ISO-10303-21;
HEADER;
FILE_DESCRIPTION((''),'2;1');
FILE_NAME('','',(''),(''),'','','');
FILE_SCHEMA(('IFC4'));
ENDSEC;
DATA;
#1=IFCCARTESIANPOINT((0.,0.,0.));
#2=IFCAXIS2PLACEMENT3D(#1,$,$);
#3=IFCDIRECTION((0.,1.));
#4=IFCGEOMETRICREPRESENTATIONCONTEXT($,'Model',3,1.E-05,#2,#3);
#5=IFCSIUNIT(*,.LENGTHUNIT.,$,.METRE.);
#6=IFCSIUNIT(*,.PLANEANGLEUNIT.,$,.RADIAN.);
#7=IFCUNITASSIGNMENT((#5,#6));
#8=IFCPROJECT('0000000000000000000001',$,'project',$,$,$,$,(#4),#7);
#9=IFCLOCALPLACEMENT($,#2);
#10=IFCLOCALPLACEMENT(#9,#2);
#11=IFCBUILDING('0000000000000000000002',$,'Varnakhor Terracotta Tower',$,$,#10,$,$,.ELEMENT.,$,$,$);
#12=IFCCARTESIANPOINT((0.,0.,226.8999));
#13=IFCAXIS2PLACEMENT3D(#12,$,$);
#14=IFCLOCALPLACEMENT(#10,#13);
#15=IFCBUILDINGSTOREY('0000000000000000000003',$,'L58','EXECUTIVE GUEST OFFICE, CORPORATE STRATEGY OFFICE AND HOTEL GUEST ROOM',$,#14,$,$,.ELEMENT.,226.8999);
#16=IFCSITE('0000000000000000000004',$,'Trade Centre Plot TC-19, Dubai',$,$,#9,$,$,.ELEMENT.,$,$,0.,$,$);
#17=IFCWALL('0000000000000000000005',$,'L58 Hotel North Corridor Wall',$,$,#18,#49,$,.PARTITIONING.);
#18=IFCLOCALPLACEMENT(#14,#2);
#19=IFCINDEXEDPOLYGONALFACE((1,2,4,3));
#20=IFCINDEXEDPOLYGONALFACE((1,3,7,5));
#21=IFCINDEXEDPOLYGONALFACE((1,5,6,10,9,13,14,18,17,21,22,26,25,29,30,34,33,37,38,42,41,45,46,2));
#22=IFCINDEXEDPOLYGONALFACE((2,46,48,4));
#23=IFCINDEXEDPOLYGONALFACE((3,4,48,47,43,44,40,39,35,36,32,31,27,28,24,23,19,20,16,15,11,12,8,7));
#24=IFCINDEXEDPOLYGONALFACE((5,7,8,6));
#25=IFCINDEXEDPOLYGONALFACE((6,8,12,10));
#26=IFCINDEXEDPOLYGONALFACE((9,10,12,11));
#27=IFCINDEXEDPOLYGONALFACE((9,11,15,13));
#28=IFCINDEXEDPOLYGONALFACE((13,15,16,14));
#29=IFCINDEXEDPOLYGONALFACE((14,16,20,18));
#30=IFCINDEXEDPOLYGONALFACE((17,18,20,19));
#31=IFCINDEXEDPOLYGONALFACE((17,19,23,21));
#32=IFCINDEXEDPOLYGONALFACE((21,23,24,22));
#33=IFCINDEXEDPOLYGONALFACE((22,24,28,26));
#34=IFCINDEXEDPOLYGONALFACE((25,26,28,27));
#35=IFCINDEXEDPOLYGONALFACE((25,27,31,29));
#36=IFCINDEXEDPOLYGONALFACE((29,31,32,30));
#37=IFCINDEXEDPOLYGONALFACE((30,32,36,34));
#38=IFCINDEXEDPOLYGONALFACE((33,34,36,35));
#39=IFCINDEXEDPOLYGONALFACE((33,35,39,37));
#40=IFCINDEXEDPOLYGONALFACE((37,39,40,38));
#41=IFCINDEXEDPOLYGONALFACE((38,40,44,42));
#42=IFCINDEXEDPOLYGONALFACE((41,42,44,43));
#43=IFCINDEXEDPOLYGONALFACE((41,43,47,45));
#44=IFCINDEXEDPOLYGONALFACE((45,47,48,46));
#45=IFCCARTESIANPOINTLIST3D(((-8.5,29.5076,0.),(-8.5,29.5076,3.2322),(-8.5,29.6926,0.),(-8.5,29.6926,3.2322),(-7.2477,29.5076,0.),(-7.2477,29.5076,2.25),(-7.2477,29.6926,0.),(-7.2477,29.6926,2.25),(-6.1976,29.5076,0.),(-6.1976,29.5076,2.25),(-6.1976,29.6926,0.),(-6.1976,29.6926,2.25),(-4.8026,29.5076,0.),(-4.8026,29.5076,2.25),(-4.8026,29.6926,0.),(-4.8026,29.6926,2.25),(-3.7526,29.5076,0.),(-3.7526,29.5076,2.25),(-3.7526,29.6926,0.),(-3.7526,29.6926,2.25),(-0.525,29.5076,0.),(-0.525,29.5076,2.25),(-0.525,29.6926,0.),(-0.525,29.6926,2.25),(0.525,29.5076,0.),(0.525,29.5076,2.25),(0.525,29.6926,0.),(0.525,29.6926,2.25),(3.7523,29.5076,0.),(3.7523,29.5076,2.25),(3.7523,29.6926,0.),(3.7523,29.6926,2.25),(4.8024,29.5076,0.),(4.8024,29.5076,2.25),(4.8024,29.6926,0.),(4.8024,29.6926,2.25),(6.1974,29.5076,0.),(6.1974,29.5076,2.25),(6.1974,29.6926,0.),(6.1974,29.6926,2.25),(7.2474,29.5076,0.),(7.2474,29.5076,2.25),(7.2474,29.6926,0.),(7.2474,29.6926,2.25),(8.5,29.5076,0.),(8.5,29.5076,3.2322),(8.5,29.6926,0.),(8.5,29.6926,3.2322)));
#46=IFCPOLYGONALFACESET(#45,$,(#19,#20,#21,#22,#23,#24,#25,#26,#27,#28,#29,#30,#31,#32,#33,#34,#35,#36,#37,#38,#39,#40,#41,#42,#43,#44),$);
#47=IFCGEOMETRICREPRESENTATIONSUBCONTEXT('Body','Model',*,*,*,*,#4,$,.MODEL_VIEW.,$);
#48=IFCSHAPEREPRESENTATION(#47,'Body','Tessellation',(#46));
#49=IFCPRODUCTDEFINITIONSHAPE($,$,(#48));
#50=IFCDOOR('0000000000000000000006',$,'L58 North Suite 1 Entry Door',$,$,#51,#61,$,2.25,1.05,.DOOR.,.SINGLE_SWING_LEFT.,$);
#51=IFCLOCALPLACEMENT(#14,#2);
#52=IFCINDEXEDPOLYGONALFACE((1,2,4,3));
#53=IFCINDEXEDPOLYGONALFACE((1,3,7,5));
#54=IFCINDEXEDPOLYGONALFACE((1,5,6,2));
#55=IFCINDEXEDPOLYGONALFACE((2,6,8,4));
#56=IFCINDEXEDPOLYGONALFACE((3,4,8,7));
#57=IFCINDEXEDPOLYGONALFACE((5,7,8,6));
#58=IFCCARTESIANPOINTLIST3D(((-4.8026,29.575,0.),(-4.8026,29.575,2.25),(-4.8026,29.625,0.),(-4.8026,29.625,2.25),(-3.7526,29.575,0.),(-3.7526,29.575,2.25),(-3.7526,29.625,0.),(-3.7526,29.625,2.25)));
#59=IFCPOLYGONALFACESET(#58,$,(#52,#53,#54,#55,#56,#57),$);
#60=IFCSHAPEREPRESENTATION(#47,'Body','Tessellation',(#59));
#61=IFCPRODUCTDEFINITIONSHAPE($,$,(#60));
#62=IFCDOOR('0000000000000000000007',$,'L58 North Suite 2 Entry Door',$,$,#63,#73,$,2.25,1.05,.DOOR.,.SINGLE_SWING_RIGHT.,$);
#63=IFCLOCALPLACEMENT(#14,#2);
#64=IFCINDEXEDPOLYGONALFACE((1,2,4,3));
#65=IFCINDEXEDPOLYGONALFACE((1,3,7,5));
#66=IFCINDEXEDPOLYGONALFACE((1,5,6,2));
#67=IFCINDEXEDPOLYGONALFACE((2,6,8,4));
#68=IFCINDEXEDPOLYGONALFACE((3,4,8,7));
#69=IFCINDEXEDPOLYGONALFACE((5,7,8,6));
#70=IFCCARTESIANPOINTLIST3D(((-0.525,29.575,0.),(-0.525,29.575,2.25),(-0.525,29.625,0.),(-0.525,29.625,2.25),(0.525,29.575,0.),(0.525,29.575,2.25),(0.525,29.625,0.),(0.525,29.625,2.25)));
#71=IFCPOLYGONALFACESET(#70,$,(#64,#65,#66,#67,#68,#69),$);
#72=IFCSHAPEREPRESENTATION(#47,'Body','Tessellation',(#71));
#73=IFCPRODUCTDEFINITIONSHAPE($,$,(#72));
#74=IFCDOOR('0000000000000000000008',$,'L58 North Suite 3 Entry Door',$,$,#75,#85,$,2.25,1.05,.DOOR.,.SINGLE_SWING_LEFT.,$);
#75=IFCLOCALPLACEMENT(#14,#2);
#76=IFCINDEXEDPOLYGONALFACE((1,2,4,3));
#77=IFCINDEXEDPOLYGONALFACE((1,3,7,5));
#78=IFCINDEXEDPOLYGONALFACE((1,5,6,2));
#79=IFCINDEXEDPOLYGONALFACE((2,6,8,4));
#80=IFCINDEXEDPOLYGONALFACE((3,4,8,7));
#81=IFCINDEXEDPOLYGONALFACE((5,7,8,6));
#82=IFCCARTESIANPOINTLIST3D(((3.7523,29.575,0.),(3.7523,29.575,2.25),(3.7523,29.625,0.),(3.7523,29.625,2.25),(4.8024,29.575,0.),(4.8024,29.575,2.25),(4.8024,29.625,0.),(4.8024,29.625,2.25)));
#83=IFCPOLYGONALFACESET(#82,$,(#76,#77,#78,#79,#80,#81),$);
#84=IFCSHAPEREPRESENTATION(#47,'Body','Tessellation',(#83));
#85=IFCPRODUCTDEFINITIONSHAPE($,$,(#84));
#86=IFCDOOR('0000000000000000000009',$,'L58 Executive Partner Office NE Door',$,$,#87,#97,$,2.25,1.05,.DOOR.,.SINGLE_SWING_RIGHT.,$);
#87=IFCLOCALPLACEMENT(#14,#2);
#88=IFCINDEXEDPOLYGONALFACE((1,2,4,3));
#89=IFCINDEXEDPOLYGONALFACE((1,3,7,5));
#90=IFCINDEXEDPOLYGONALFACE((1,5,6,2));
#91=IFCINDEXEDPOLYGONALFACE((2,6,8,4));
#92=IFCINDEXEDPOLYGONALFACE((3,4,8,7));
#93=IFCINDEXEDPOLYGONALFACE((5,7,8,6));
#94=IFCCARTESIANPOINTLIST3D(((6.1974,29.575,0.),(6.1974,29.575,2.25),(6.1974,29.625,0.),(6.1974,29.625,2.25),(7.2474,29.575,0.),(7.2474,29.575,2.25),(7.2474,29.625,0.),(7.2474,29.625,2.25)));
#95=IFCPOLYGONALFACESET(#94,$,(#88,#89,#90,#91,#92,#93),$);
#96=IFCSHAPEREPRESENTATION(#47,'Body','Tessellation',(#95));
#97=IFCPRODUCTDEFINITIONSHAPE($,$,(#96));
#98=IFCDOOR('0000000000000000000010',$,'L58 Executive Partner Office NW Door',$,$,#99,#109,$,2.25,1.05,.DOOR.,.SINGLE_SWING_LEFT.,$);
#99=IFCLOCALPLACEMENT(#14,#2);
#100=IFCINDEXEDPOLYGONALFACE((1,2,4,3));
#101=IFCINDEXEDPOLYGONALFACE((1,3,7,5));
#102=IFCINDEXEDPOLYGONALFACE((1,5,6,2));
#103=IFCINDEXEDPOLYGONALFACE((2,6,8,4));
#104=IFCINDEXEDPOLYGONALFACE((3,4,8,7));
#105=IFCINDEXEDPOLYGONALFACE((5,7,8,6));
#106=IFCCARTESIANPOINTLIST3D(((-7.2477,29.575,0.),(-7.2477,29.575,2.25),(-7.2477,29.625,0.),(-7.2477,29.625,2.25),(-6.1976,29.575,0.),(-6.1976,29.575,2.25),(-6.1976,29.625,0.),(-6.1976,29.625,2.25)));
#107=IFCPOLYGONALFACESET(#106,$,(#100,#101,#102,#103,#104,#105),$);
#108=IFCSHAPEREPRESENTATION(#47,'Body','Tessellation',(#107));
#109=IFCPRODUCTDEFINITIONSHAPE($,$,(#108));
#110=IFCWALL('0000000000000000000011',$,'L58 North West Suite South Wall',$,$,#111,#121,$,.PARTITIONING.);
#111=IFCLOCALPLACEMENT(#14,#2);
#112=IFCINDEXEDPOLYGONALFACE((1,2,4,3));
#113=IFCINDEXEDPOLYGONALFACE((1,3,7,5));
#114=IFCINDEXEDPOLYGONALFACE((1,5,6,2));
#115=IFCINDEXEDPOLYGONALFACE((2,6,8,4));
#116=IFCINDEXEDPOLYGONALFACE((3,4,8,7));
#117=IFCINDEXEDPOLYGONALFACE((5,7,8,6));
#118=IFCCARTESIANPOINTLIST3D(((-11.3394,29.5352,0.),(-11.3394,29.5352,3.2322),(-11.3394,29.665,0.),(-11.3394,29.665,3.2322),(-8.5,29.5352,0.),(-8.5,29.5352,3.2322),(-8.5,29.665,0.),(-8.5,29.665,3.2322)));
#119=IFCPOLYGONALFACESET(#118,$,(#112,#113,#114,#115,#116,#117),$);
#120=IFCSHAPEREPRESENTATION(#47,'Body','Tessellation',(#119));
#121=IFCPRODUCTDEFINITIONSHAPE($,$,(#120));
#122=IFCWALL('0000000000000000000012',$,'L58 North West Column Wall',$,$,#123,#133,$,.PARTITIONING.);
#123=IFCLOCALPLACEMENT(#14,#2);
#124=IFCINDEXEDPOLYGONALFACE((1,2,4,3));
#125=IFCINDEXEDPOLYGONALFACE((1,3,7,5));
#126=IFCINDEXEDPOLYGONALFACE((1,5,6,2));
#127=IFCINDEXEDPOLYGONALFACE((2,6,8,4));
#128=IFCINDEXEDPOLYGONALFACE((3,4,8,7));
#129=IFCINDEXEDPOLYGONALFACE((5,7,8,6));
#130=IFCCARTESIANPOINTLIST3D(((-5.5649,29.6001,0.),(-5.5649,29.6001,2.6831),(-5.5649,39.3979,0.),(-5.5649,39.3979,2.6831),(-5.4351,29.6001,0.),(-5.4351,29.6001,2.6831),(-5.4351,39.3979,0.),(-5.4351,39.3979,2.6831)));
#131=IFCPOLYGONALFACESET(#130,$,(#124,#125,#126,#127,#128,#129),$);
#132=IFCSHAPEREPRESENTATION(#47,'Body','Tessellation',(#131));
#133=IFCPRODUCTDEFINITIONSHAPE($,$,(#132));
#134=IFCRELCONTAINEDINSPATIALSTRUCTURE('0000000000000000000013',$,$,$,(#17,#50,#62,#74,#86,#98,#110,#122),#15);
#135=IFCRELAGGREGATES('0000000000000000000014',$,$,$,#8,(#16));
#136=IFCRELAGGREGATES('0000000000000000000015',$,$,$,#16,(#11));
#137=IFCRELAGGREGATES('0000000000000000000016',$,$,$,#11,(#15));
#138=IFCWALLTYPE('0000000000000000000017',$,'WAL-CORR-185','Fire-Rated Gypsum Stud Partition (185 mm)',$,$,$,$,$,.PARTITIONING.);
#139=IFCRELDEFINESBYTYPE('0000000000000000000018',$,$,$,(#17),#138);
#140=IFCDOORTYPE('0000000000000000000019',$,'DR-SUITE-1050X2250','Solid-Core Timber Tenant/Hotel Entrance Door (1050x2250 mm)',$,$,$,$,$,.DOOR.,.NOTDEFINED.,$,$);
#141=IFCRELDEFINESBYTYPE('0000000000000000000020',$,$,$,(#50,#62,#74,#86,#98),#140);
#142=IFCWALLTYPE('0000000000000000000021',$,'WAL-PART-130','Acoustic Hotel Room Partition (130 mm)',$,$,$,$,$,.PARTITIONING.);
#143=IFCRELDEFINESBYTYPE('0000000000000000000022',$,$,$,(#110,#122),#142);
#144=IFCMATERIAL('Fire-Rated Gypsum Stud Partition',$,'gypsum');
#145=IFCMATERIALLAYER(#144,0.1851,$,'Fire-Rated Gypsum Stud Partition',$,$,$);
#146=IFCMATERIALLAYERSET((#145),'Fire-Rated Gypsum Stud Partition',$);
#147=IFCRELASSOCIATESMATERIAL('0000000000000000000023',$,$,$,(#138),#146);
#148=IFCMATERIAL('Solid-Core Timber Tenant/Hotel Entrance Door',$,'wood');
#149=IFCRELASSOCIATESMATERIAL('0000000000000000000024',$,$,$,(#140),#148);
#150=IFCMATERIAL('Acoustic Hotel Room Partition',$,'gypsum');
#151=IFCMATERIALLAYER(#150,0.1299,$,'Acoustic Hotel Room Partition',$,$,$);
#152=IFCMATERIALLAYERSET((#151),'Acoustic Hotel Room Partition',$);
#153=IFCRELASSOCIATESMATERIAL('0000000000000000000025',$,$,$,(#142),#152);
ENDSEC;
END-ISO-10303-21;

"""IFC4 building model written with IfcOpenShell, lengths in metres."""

from ifc_helpers import new_model, si_unit, direction, frame, frame_2d, origin, place, context, subcontext, project, spatial, rectangle, extrude, source, transform, mapped, material, layer, layer_set, type_object, type_shapes, element, fill, save


model = new_model("IFC4")

# Units and contexts
model_context = context("Model", 3, precision=1e-05, world=origin(), true_north=direction((0.0, 1.0)))
body_context = subcontext(model_context, "Body", "Model", "MODEL_VIEW")
ifc_project = project(units=[si_unit("LENGTHUNIT", "METRE"), si_unit("PLANEANGLEUNIT", "RADIAN")], contexts=[model_context])

# Site, building, storey
site_placement = place(None, origin())
site = spatial("IfcSite", under=ifc_project, at=site_placement, Name="Trade Centre Plot TC-19, Dubai", CompositionType="ELEMENT", RefElevation=0.0)
building_placement = place(site_placement, origin())
building = spatial("IfcBuilding", under=site, at=building_placement, Name="Varnakhor Terracotta Tower", CompositionType="ELEMENT")
storey_placement = place(building_placement, frame((0.0, 0.0, 226.8999)))
storey = spatial("IfcBuildingStorey", under=building, at=storey_placement, Name="L58", Description="EXECUTIVE GUEST OFFICE, CORPORATE STRATEGY OFFICE AND HOTEL GUEST ROOM", CompositionType="ELEMENT", Elevation=226.8999)

# Shared definitions
ifc_material_1 = material(Name="Fire-Rated Gypsum Stud Partition", Category="gypsum")
ifc_layer_1 = layer(ifc_material_1, 0.1851, Name="Fire-Rated Gypsum Stud Partition")
ifc_layer_set_1 = layer_set([ifc_layer_1], Name="Fire-Rated Gypsum Stud Partition")
wall_type_1 = type_object("IfcWallType", Name="WAL-CORR-185", Description="Fire-Rated Gypsum Stud Partition (185 mm)", PredefinedType="PARTITIONING", material=ifc_layer_set_1)

# Wall, openings, doors
wall_1_placement = place(storey_placement, frame((-8.5, 29.6001, 0.0), z_axis=(0.0, 0.0, 1.0), x_axis=(1.0, 0.0, 0.0)))
wall_1 = element("IfcWall", 1, at=wall_1_placement, inside=storey, type_object=wall_type_1, Name="L58 Hotel North Corridor Wall", PredefinedType="PARTITIONING", context=body_context, shape_type="SweptSolid", body=[
    extrude(rectangle(XDim=17.0, YDim=0.1851, at=frame_2d((8.5, 0.0))), origin(), (0.0, 0.0, 1.0), 3.2322),
])
opening_1_placement = place(wall_1_placement, frame((3.6975, 0.0, 0.0)))
opening_1 = element("IfcOpeningElement", 2, at=opening_1_placement, cuts=wall_1, PredefinedType="OPENING", context=body_context, shape_type="SweptSolid", body=[
    extrude(rectangle(XDim=1.05, YDim=2.25, at=frame_2d((0.5249, 1.125))), frame((0.0, 0.1025, 0.0), z_axis=(0.0, -1.0, 0.0), x_axis=(1.0, 0.0, 0.0)), (0.0, 0.0, 1.0), 0.2051),
])
opening_2_placement = place(wall_1_placement, frame((7.9751, 0.0, 0.0)))
opening_2 = element("IfcOpeningElement", 3, at=opening_2_placement, cuts=wall_1, PredefinedType="OPENING", context=body_context, shape_type="SweptSolid", body=[
    extrude(rectangle(XDim=1.05, YDim=2.25, at=frame_2d((0.5249, 1.125))), frame((0.0, 0.1025, 0.0), z_axis=(0.0, -1.0, 0.0), x_axis=(1.0, 0.0, 0.0)), (0.0, 0.0, 1.0), 0.2051),
])
opening_3_placement = place(wall_1_placement, frame((12.2524, 0.0, 0.0)))
opening_3 = element("IfcOpeningElement", 4, at=opening_3_placement, cuts=wall_1, PredefinedType="OPENING", context=body_context, shape_type="SweptSolid", body=[
    extrude(rectangle(XDim=1.05, YDim=2.25, at=frame_2d((0.5249, 1.125))), frame((0.0, 0.1025, 0.0), z_axis=(0.0, -1.0, 0.0), x_axis=(1.0, 0.0, 0.0)), (0.0, 0.0, 1.0), 0.2051),
])
opening_4_placement = place(wall_1_placement, frame((14.6975, 0.0, 0.0)))
opening_4 = element("IfcOpeningElement", 5, at=opening_4_placement, cuts=wall_1, PredefinedType="OPENING", context=body_context, shape_type="SweptSolid", body=[
    extrude(rectangle(XDim=1.05, YDim=2.25, at=frame_2d((0.5249, 1.125))), frame((0.0, 0.1025, 0.0), z_axis=(0.0, -1.0, 0.0), x_axis=(1.0, 0.0, 0.0)), (0.0, 0.0, 1.0), 0.2051),
])
opening_5_placement = place(wall_1_placement, frame((1.2524, 0.0, 0.0)))
opening_5 = element("IfcOpeningElement", 6, at=opening_5_placement, cuts=wall_1, PredefinedType="OPENING", context=body_context, shape_type="SweptSolid", body=[
    extrude(rectangle(XDim=1.05, YDim=2.25, at=frame_2d((0.5249, 1.125))), frame((0.0, 0.1025, 0.0), z_axis=(0.0, -1.0, 0.0), x_axis=(1.0, 0.0, 0.0)), (0.0, 0.0, 1.0), 0.2051),
])
ifc_material_2 = material(Name="Solid-Core Timber Tenant/Hotel Entrance Door", Category="wood")
door_type_1 = type_object("IfcDoorType", Name="DR-SUITE-1050X2250", Description="Solid-Core Timber Tenant/Hotel Entrance Door (1050x2250 mm)", OperationType="NOTDEFINED", PredefinedType="DOOR", material=ifc_material_2)
shared_shape_1 = source(origin(), body_context, "Body", "SweptSolid", [
    extrude(rectangle(XDim=1.05, YDim=2.25, at=frame_2d((0.5249, 1.125))), frame((0.0, 0.0249, 0.0), z_axis=(0.0, -1.0, 0.0), x_axis=(1.0, 0.0, 0.0)), (0.0, 0.0, 1.0), 0.05),
])
type_shapes(door_type_1, [shared_shape_1])
door_1_placement = place(opening_1_placement, origin())
door_1 = element("IfcDoor", 7, at=door_1_placement, inside=storey, type_object=door_type_1, Name="L58 North Suite 1 Entry Door", OperationType="SINGLE_SWING_LEFT", OverallHeight=2.25, OverallWidth=1.05, PredefinedType="DOOR", context=body_context, shape_type="MappedRepresentation", body=[
    mapped(shared_shape_1, transform((0.0, 0.0, 0.0), scale=1.0)),
])
fill(opening_1, door_1)
door_2_placement = place(opening_2_placement, origin())
door_2 = element("IfcDoor", 8, at=door_2_placement, inside=storey, type_object=door_type_1, Name="L58 North Suite 2 Entry Door", OperationType="SINGLE_SWING_RIGHT", OverallHeight=2.25, OverallWidth=1.05, PredefinedType="DOOR", context=body_context, shape_type="MappedRepresentation", body=[
    mapped(shared_shape_1, transform((0.0, 0.0, 0.0), scale=1.0)),
])
fill(opening_2, door_2)
door_3_placement = place(opening_3_placement, origin())
door_3 = element("IfcDoor", 9, at=door_3_placement, inside=storey, type_object=door_type_1, Name="L58 North Suite 3 Entry Door", OperationType="SINGLE_SWING_LEFT", OverallHeight=2.25, OverallWidth=1.05, PredefinedType="DOOR", context=body_context, shape_type="MappedRepresentation", body=[
    mapped(shared_shape_1, transform((0.0, 0.0, 0.0), scale=1.0)),
])
fill(opening_3, door_3)
door_4_placement = place(opening_4_placement, origin())
door_4 = element("IfcDoor", 10, at=door_4_placement, inside=storey, type_object=door_type_1, Name="L58 Executive Partner Office NE Door", OperationType="SINGLE_SWING_RIGHT", OverallHeight=2.25, OverallWidth=1.05, PredefinedType="DOOR", context=body_context, shape_type="MappedRepresentation", body=[
    mapped(shared_shape_1, transform((0.0, 0.0, 0.0), scale=1.0)),
])
fill(opening_4, door_4)
door_5_placement = place(opening_5_placement, origin())
door_5 = element("IfcDoor", 11, at=door_5_placement, inside=storey, type_object=door_type_1, Name="L58 Executive Partner Office NW Door", OperationType="SINGLE_SWING_LEFT", OverallHeight=2.25, OverallWidth=1.05, PredefinedType="DOOR", context=body_context, shape_type="MappedRepresentation", body=[
    mapped(shared_shape_1, transform((0.0, 0.0, 0.0), scale=1.0)),
])
fill(opening_5, door_5)

# Walls
ifc_material_3 = material(Name="Acoustic Hotel Room Partition", Category="gypsum")
ifc_layer_2 = layer(ifc_material_3, 0.1299, Name="Acoustic Hotel Room Partition")
ifc_layer_set_2 = layer_set([ifc_layer_2], Name="Acoustic Hotel Room Partition")
wall_type_2 = type_object("IfcWallType", Name="WAL-PART-130", Description="Acoustic Hotel Room Partition (130 mm)", PredefinedType="PARTITIONING", material=ifc_layer_set_2)
wall_2_placement = place(storey_placement, frame((-11.3394, 29.6001, 0.0), z_axis=(0.0, 0.0, 1.0), x_axis=(1.0, 0.0, 0.0)))
element("IfcWall", 12, at=wall_2_placement, inside=storey, type_object=wall_type_2, Name="L58 North West Suite South Wall", PredefinedType="PARTITIONING", context=body_context, shape_type="SweptSolid", body=[
    extrude(rectangle(XDim=2.8394, YDim=0.1299, at=frame_2d((1.4197, 0.0))), origin(), (0.0, 0.0, 1.0), 3.2322),
])
wall_3_placement = place(storey_placement, frame((-5.5, 29.6001, 0.0), z_axis=(0.0, 0.0, 1.0), x_axis=(0.0, 1.0, 0.0)))
element("IfcWall", 13, at=wall_3_placement, inside=storey, type_object=wall_type_2, Name="L58 North West Column Wall", PredefinedType="PARTITIONING", context=body_context, shape_type="SweptSolid", body=[
    extrude(rectangle(XDim=9.7979, YDim=0.1299, at=frame_2d((4.8989, 0.0))), origin(), (0.0, 0.0, 1.0), 2.6831),
])

save(model, "model.ifc")
